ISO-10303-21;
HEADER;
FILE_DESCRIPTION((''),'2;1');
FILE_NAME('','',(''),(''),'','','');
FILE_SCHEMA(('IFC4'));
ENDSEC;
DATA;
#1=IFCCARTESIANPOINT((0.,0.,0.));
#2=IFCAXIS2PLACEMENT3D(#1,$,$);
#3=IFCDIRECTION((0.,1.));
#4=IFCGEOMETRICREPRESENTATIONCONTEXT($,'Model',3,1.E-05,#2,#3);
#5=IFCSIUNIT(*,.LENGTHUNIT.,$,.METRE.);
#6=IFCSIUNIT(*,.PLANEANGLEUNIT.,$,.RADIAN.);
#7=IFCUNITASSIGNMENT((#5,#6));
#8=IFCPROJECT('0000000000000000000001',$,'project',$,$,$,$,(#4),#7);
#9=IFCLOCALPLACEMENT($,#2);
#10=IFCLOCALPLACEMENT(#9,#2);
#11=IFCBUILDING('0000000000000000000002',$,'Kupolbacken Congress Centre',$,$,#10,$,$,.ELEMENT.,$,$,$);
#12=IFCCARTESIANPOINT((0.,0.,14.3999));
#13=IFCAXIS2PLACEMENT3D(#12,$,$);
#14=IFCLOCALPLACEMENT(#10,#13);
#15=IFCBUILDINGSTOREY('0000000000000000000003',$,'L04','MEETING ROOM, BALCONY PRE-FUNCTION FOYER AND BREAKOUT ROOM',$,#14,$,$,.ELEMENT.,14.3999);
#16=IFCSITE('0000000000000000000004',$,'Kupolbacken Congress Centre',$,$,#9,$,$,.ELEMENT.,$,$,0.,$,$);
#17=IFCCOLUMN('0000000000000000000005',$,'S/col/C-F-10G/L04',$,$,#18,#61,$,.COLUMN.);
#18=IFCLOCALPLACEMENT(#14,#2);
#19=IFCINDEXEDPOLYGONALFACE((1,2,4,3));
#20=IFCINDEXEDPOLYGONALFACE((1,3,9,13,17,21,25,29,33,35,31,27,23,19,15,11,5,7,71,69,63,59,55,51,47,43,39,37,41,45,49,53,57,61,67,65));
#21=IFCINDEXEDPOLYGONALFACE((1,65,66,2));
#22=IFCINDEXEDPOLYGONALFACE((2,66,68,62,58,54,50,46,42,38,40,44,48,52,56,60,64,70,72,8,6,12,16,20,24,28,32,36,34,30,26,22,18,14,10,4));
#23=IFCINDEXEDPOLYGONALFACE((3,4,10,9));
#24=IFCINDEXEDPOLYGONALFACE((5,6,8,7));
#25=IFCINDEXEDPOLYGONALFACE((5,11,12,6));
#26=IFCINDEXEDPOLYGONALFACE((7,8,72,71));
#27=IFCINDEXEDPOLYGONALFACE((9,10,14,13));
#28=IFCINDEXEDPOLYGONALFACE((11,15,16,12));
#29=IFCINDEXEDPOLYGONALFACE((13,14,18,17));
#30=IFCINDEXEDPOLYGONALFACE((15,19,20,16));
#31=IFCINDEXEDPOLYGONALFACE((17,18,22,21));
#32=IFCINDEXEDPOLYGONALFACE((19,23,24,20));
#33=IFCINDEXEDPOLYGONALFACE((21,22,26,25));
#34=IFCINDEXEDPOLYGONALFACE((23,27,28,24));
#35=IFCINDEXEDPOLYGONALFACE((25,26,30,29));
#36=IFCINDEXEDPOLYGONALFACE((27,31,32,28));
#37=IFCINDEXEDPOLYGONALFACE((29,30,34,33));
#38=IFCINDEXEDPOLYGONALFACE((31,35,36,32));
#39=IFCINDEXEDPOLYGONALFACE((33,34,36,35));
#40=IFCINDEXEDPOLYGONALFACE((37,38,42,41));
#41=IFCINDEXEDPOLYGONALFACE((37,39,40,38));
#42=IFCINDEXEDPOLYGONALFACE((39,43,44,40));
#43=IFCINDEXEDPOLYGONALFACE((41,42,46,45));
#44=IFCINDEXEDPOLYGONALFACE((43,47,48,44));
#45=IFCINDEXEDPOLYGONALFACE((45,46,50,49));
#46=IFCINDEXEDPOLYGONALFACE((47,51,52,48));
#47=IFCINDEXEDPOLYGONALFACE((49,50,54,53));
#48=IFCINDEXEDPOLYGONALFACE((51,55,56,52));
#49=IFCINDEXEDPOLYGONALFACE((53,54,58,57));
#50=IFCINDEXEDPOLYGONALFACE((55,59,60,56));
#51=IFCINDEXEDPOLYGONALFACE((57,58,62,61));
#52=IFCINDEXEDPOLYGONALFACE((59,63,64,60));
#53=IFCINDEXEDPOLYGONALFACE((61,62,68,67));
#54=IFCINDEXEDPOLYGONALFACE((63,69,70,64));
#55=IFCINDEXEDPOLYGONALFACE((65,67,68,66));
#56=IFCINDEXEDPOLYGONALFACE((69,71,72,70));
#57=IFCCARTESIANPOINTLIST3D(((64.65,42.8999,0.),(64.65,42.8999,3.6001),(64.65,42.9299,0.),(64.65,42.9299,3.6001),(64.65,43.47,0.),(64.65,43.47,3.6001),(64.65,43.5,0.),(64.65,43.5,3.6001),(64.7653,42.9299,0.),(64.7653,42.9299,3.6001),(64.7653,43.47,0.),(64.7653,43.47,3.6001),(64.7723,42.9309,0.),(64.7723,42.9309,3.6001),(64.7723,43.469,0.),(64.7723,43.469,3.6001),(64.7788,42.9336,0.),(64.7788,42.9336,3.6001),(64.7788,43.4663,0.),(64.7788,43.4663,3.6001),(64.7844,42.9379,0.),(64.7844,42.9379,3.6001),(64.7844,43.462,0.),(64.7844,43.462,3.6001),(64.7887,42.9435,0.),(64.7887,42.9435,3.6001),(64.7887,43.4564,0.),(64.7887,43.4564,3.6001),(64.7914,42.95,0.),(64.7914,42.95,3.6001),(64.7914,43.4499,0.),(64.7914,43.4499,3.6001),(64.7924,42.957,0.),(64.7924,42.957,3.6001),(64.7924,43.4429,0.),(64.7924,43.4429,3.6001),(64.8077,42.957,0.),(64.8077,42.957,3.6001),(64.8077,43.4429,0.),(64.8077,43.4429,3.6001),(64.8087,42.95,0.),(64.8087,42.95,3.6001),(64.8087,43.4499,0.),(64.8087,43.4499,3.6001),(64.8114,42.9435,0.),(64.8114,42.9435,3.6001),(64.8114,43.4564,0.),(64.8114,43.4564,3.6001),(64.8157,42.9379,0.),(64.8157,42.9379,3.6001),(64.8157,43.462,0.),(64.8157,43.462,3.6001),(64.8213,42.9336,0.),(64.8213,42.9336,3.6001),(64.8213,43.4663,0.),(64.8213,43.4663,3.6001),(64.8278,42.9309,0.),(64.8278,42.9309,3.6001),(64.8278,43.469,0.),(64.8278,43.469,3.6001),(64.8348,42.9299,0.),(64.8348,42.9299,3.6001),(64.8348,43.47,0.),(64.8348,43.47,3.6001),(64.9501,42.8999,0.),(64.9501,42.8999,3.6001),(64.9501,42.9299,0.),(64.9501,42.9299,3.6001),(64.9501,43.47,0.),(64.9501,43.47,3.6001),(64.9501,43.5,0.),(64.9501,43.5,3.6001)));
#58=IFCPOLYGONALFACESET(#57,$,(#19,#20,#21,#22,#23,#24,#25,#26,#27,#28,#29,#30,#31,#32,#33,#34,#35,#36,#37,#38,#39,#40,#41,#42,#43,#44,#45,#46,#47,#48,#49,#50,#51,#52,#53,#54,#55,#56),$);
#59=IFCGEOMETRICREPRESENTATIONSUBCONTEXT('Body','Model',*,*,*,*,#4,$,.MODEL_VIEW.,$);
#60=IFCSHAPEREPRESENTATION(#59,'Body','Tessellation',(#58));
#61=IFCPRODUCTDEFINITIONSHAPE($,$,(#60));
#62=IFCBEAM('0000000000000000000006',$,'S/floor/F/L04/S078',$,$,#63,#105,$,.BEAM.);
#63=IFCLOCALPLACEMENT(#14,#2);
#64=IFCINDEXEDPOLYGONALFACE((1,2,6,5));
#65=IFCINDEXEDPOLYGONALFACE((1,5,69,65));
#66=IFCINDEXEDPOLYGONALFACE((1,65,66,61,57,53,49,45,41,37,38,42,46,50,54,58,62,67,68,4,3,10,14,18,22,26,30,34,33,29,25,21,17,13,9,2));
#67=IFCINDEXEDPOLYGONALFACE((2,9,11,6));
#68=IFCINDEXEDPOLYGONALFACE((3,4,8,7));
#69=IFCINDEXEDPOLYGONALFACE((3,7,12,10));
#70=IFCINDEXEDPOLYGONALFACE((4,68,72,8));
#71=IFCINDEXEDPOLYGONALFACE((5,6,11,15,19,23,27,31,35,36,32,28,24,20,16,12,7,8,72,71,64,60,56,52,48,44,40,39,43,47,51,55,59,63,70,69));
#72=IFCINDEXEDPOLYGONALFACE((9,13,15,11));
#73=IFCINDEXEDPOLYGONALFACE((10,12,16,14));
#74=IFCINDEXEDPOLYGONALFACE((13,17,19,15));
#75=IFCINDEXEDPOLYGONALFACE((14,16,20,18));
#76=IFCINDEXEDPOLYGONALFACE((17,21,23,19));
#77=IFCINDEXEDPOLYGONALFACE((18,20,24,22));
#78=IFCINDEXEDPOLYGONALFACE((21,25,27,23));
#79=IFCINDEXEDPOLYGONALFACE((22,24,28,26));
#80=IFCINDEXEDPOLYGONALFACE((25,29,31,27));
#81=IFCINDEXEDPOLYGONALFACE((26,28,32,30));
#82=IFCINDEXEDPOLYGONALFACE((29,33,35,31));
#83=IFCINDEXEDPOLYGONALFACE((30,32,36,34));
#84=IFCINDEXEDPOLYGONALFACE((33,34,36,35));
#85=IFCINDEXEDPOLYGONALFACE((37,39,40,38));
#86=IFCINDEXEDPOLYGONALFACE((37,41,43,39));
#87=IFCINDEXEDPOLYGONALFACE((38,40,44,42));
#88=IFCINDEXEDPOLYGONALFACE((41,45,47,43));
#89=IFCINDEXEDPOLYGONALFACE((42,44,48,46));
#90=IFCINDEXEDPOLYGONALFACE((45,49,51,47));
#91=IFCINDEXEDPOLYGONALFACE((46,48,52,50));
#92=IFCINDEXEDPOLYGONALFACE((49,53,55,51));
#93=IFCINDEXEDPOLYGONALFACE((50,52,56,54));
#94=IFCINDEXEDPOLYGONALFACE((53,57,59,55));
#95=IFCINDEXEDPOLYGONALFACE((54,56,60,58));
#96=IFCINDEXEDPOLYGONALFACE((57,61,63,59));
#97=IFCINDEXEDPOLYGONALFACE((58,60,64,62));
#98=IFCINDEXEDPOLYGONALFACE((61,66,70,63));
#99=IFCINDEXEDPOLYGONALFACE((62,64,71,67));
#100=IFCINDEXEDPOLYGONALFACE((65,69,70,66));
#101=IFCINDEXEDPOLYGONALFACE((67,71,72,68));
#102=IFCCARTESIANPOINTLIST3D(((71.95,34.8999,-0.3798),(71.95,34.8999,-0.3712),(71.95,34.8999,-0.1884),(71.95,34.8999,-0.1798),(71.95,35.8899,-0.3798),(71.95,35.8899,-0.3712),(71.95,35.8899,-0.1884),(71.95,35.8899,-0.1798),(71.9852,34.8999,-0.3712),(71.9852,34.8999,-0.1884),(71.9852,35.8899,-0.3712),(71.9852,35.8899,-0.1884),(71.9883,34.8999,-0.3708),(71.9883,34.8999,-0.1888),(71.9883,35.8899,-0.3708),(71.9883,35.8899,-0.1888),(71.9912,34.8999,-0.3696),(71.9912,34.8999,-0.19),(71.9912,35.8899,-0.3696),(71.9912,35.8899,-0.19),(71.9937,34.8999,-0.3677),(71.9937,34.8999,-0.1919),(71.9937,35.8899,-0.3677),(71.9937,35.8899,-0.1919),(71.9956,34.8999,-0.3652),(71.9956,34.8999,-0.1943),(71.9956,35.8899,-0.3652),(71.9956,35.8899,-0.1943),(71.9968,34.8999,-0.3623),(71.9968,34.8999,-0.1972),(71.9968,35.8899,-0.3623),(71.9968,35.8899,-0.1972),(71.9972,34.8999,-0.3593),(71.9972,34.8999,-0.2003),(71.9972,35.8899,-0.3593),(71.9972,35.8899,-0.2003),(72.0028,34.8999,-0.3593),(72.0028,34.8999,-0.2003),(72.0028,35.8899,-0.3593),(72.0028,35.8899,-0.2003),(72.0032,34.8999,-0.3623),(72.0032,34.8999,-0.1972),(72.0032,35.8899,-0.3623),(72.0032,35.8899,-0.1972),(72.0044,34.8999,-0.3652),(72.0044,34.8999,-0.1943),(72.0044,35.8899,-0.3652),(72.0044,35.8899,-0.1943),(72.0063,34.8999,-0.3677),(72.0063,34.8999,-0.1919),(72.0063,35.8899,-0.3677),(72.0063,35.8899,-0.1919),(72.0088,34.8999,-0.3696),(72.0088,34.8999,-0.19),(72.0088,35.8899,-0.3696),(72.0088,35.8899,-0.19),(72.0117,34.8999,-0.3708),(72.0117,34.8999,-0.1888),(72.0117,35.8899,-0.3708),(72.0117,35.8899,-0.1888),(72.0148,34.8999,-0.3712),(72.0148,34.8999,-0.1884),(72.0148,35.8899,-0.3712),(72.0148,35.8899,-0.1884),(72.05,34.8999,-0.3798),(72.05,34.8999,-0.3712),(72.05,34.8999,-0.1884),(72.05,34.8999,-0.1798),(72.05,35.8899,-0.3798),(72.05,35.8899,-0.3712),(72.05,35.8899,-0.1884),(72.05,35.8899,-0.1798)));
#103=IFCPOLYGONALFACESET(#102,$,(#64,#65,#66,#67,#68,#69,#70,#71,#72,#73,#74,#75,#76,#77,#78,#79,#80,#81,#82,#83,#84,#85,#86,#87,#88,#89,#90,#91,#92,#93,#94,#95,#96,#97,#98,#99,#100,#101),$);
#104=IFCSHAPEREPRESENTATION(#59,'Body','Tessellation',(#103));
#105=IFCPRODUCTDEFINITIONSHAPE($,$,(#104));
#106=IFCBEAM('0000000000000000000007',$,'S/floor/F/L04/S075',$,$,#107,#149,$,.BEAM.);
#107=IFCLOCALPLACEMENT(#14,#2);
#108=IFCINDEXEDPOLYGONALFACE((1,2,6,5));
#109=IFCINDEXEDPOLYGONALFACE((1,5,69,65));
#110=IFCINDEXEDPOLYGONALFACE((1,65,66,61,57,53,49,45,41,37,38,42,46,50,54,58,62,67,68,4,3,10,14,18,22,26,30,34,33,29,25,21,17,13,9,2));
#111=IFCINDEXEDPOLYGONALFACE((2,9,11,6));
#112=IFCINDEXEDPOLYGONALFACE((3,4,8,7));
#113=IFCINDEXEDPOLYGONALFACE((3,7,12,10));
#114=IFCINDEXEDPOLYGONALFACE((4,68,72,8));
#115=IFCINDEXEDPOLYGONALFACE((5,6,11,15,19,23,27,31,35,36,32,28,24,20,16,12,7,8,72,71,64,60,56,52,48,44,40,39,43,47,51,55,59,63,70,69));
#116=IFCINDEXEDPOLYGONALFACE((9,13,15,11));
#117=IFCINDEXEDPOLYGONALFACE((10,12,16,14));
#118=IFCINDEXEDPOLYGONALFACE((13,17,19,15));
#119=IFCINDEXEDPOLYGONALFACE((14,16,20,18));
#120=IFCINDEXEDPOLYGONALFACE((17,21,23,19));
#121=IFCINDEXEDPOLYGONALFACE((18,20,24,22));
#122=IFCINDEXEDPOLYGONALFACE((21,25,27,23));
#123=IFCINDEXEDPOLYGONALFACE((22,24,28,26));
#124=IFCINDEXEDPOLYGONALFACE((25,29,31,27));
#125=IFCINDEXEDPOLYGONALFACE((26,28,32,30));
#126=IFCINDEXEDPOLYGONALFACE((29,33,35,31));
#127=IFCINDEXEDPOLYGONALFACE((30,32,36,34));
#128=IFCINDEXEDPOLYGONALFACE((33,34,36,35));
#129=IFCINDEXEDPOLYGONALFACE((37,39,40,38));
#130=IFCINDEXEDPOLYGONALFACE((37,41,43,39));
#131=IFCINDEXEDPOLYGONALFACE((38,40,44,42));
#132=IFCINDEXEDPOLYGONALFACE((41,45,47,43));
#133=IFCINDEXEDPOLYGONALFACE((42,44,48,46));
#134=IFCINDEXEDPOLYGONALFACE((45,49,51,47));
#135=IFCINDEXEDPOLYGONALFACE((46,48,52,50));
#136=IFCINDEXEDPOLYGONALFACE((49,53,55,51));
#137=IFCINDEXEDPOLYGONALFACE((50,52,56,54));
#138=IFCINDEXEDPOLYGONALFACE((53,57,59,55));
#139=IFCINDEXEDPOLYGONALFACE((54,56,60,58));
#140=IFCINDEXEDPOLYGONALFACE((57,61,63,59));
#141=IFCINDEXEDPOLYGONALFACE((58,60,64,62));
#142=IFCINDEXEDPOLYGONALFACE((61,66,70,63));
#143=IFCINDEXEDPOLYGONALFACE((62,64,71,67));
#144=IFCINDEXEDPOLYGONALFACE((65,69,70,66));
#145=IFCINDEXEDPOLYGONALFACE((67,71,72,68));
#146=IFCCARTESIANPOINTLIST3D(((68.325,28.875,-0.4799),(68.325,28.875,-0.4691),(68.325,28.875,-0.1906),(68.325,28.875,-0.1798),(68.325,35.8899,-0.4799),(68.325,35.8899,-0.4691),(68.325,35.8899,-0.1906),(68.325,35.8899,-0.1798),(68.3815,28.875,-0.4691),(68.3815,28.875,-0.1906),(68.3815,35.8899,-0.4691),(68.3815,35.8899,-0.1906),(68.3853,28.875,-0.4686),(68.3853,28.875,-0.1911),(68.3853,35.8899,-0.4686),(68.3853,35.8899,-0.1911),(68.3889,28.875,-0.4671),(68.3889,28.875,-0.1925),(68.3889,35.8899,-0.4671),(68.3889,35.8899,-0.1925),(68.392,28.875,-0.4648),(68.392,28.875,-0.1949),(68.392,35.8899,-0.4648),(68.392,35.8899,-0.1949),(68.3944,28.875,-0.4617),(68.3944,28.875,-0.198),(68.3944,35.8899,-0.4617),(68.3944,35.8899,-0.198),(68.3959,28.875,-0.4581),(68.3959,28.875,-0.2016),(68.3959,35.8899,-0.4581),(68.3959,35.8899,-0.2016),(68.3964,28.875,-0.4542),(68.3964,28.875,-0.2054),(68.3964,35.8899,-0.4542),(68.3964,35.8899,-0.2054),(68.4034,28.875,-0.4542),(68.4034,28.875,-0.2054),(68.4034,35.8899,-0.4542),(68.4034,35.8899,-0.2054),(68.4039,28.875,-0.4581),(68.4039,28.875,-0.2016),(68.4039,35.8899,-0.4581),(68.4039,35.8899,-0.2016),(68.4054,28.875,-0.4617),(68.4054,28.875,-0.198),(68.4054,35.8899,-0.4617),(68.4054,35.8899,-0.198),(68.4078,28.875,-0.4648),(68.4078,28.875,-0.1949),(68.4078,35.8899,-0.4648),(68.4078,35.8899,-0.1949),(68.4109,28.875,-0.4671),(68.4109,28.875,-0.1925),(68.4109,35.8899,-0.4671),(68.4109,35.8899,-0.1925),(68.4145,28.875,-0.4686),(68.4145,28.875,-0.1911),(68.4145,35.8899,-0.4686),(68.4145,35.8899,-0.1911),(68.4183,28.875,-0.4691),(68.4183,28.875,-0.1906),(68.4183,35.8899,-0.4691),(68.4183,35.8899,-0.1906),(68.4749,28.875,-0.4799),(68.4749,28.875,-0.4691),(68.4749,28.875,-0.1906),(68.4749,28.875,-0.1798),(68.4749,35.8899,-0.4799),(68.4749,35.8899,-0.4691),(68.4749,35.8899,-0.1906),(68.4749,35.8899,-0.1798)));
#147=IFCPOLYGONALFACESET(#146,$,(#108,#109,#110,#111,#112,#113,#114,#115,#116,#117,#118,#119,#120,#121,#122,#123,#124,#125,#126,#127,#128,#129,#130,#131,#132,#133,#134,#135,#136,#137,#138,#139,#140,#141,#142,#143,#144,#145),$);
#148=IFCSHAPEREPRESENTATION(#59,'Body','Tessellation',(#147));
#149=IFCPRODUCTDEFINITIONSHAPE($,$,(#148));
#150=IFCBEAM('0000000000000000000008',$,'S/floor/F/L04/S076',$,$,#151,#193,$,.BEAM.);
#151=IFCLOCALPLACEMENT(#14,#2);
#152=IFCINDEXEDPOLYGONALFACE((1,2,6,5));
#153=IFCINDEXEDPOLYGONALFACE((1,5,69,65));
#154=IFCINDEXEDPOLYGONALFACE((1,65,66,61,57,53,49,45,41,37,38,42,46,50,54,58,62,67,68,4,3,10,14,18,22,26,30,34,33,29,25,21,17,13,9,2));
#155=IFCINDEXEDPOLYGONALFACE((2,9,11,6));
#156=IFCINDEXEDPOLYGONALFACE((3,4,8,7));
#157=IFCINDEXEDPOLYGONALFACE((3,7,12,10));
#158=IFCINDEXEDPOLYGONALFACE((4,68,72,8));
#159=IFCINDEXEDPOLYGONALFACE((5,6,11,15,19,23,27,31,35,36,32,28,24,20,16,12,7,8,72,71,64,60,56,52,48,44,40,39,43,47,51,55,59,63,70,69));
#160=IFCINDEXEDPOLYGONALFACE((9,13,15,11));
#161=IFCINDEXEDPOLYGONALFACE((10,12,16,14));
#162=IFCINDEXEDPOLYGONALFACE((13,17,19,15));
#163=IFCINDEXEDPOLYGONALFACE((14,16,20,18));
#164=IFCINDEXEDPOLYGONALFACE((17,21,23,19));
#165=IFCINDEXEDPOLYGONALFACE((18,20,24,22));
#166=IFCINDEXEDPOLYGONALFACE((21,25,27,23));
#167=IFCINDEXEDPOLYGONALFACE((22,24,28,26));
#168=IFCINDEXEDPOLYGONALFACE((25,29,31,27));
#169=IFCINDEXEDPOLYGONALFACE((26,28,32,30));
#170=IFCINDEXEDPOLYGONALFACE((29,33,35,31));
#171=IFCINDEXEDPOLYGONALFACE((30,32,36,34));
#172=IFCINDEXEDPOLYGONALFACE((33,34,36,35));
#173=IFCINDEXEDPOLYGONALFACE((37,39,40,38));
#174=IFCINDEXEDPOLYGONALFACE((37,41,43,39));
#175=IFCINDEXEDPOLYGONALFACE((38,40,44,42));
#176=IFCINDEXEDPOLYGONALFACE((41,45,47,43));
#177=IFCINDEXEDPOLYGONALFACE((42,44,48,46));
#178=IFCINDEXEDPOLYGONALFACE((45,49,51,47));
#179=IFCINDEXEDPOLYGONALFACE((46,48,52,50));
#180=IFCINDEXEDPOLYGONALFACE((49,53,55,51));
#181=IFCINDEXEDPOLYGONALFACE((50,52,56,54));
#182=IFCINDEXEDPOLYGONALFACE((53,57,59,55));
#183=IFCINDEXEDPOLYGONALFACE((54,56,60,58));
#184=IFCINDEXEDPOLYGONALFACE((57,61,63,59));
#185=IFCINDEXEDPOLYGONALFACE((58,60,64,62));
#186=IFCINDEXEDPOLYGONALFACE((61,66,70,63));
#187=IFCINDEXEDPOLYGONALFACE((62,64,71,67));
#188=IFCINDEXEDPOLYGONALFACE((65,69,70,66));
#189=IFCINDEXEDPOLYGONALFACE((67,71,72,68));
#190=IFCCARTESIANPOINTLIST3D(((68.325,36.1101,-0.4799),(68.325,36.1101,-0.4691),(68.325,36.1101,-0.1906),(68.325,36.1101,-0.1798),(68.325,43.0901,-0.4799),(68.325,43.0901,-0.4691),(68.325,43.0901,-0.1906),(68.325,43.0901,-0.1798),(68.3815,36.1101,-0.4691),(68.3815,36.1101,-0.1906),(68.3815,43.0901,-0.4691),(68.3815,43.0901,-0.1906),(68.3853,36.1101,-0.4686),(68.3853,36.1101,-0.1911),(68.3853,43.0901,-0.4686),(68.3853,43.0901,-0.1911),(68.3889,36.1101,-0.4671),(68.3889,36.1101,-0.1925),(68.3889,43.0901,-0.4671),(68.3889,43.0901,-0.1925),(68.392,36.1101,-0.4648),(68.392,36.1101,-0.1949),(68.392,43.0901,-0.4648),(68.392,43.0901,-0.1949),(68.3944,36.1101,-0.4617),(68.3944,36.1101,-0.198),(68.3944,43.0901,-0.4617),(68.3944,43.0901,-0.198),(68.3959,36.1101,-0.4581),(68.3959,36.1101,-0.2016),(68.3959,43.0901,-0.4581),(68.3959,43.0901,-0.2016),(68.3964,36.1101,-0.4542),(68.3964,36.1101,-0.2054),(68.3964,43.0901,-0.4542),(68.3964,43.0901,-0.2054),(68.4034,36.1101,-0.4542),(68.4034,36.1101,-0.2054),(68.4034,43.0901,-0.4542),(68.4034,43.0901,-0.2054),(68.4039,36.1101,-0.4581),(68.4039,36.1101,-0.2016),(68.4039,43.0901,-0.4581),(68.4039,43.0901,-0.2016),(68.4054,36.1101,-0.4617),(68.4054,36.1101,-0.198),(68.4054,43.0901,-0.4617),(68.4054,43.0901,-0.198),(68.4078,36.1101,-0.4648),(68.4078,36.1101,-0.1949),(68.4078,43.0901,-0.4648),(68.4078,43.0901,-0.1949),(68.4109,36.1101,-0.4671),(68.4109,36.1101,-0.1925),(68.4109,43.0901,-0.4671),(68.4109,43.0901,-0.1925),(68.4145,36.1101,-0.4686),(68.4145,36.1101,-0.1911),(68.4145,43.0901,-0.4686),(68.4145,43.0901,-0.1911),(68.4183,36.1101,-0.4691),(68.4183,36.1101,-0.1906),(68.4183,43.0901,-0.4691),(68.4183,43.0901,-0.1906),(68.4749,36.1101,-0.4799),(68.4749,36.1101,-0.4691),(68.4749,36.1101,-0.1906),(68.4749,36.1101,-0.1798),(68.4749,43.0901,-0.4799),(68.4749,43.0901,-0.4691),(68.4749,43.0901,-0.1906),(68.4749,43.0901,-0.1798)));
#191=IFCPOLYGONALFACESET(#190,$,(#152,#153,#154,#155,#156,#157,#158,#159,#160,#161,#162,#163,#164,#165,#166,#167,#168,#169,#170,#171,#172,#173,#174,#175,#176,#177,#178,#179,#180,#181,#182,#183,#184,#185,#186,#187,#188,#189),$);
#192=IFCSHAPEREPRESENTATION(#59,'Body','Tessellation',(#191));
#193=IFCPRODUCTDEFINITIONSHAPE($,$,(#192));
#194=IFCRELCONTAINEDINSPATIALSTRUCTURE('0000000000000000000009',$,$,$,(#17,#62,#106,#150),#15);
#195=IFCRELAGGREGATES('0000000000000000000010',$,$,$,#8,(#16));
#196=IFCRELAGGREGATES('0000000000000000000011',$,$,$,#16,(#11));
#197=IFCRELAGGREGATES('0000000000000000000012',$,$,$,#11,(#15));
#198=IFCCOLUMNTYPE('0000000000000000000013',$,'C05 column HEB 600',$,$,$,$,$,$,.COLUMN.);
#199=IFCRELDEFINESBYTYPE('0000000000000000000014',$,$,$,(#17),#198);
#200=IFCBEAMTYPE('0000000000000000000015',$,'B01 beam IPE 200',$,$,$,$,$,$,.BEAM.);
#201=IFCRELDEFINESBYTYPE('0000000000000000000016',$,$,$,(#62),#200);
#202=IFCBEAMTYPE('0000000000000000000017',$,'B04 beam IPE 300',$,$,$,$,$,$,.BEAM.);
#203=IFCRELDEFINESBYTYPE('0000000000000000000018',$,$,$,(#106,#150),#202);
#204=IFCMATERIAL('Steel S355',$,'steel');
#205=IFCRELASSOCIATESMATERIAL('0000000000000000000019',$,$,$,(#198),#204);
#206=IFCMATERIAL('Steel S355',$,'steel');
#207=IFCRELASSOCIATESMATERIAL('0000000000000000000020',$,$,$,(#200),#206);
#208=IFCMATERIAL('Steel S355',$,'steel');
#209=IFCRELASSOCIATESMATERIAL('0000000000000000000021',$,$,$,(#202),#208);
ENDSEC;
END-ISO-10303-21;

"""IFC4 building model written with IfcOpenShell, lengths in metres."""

from ifc_helpers import new_model, si_unit, direction, frame, origin, origin_2d, place, context, subcontext, project, spatial, i_section, extrude, material, material_profile, profile_set, type_object, element, save


model = new_model("IFC4")

# Units and contexts
model_context = context("Model", 3, precision=1e-05, world=origin(), true_north=direction((0.0, 1.0)))
body_context = subcontext(model_context, "Body", "Model", "MODEL_VIEW")
ifc_project = project(units=[si_unit("LENGTHUNIT", "METRE"), si_unit("PLANEANGLEUNIT", "RADIAN")], contexts=[model_context])

# Site, building, storey
site_placement = place(None, origin())
site = spatial("IfcSite", under=ifc_project, at=site_placement, Name="Kupolbacken Congress Centre", CompositionType="ELEMENT", RefElevation=0.0)
building_placement = place(site_placement, origin())
building = spatial("IfcBuilding", under=site, at=building_placement, Name="Kupolbacken Congress Centre", CompositionType="ELEMENT")
storey_placement = place(building_placement, frame((0.0, 0.0, 14.3999)))
storey = spatial("IfcBuildingStorey", under=building, at=storey_placement, Name="L04", Description="MEETING ROOM, BALCONY PRE-FUNCTION FOYER AND BREAKOUT ROOM", CompositionType="ELEMENT", Elevation=14.3999)

# Column
ifc_material_1 = material(Name="Steel S355", Category="steel")
ifc_material_profile_1 = material_profile(ifc_material_1, i_section(OverallWidth=0.3, OverallDepth=0.6001, WebThickness=0.0154, FlangeThickness=0.03, FilletRadius=0.0271, at=origin_2d()), Name="HEB 600")
ifc_profile_set_1 = profile_set([ifc_material_profile_1], Name="Steel S355")
column_type = type_object("IfcColumnType", Name="C05 column HEB 600", PredefinedType="COLUMN", material=ifc_profile_set_1)
column_placement = place(storey_placement, frame((64.8, 43.2, 0.0), z_axis=(0.0, 0.0, 1.0), x_axis=(1.0, 0.0, 0.0)))
element("IfcColumn", 1, at=column_placement, inside=storey, type_object=column_type, Name="S/col/C-F-10G/L04", PredefinedType="COLUMN", context=body_context, shape_type="SweptSolid", body=[
    extrude(i_section(OverallWidth=0.3, OverallDepth=0.6001, WebThickness=0.0154, FlangeThickness=0.03, FilletRadius=0.0271, at=origin_2d()), origin(), (0.0, 0.0, 1.0), 3.6001),
])

# Beams
ifc_material_2 = material(Name="Steel S355", Category="steel")
ifc_material_profile_2 = material_profile(ifc_material_2, i_section(OverallWidth=0.1001, OverallDepth=0.2, WebThickness=0.0056, FlangeThickness=0.0085, FilletRadius=0.012, at=origin_2d()), Name="IPE 200")
ifc_profile_set_2 = profile_set([ifc_material_profile_2], Name="Steel S355")
beam_type_1 = type_object("IfcBeamType", Name="B01 beam IPE 200", PredefinedType="BEAM", material=ifc_profile_set_2)
beam_1_placement = place(storey_placement, frame((72.0, 34.8999, -0.2798), z_axis=(0.0, 1.0, 0.0), x_axis=(-1.0, 0.0, 0.0)))
element("IfcBeam", 2, at=beam_1_placement, inside=storey, type_object=beam_type_1, Name="S/floor/F/L04/S078", PredefinedType="BEAM", context=body_context, shape_type="SweptSolid", body=[
    extrude(i_section(OverallWidth=0.1001, OverallDepth=0.2, WebThickness=0.0056, FlangeThickness=0.0085, FilletRadius=0.012, at=origin_2d()), origin(), (0.0, 0.0, 1.0), 0.99),
])
ifc_material_3 = material(Name="Steel S355", Category="steel")
ifc_material_profile_3 = material_profile(ifc_material_3, i_section(OverallWidth=0.1499, OverallDepth=0.3, WebThickness=0.0071, FlangeThickness=0.0107, FilletRadius=0.0149, at=origin_2d()), Name="IPE 300")
ifc_profile_set_3 = profile_set([ifc_material_profile_3], Name="Steel S355")
beam_type_2 = type_object("IfcBeamType", Name="B04 beam IPE 300", PredefinedType="BEAM", material=ifc_profile_set_3)
beam_2_placement = place(storey_placement, frame((68.3999, 28.875, -0.3298), z_axis=(0.0, 1.0, 0.0), x_axis=(-1.0, 0.0, 0.0)))
element("IfcBeam", 3, at=beam_2_placement, inside=storey, type_object=beam_type_2, Name="S/floor/F/L04/S075", PredefinedType="BEAM", context=body_context, shape_type="SweptSolid", body=[
    extrude(i_section(OverallWidth=0.1499, OverallDepth=0.3, WebThickness=0.0071, FlangeThickness=0.0107, FilletRadius=0.0149, at=origin_2d()), origin(), (0.0, 0.0, 1.0), 7.0149),
])
for number, where, z_axis, x_axis, name in (
    (4, (68.3999, 36.1101, -0.3298), (0.0, 1.0, 0.0), (-1.0, 0.0, 0.0), "S/floor/F/L04/S076"),
):
    element("IfcBeam", number, at=place(storey_placement, frame(where, z_axis=z_axis, x_axis=x_axis)), inside=storey, type_object=beam_type_2, Name=name, PredefinedType="BEAM", context=body_context, shape_type="SweptSolid", body=[
        extrude(i_section(OverallWidth=0.1499, OverallDepth=0.3, WebThickness=0.0071, FlangeThickness=0.0107, FilletRadius=0.0149, at=origin_2d()), origin(), (0.0, 0.0, 1.0), 6.98),
    ])

save(model, "model.ifc")
